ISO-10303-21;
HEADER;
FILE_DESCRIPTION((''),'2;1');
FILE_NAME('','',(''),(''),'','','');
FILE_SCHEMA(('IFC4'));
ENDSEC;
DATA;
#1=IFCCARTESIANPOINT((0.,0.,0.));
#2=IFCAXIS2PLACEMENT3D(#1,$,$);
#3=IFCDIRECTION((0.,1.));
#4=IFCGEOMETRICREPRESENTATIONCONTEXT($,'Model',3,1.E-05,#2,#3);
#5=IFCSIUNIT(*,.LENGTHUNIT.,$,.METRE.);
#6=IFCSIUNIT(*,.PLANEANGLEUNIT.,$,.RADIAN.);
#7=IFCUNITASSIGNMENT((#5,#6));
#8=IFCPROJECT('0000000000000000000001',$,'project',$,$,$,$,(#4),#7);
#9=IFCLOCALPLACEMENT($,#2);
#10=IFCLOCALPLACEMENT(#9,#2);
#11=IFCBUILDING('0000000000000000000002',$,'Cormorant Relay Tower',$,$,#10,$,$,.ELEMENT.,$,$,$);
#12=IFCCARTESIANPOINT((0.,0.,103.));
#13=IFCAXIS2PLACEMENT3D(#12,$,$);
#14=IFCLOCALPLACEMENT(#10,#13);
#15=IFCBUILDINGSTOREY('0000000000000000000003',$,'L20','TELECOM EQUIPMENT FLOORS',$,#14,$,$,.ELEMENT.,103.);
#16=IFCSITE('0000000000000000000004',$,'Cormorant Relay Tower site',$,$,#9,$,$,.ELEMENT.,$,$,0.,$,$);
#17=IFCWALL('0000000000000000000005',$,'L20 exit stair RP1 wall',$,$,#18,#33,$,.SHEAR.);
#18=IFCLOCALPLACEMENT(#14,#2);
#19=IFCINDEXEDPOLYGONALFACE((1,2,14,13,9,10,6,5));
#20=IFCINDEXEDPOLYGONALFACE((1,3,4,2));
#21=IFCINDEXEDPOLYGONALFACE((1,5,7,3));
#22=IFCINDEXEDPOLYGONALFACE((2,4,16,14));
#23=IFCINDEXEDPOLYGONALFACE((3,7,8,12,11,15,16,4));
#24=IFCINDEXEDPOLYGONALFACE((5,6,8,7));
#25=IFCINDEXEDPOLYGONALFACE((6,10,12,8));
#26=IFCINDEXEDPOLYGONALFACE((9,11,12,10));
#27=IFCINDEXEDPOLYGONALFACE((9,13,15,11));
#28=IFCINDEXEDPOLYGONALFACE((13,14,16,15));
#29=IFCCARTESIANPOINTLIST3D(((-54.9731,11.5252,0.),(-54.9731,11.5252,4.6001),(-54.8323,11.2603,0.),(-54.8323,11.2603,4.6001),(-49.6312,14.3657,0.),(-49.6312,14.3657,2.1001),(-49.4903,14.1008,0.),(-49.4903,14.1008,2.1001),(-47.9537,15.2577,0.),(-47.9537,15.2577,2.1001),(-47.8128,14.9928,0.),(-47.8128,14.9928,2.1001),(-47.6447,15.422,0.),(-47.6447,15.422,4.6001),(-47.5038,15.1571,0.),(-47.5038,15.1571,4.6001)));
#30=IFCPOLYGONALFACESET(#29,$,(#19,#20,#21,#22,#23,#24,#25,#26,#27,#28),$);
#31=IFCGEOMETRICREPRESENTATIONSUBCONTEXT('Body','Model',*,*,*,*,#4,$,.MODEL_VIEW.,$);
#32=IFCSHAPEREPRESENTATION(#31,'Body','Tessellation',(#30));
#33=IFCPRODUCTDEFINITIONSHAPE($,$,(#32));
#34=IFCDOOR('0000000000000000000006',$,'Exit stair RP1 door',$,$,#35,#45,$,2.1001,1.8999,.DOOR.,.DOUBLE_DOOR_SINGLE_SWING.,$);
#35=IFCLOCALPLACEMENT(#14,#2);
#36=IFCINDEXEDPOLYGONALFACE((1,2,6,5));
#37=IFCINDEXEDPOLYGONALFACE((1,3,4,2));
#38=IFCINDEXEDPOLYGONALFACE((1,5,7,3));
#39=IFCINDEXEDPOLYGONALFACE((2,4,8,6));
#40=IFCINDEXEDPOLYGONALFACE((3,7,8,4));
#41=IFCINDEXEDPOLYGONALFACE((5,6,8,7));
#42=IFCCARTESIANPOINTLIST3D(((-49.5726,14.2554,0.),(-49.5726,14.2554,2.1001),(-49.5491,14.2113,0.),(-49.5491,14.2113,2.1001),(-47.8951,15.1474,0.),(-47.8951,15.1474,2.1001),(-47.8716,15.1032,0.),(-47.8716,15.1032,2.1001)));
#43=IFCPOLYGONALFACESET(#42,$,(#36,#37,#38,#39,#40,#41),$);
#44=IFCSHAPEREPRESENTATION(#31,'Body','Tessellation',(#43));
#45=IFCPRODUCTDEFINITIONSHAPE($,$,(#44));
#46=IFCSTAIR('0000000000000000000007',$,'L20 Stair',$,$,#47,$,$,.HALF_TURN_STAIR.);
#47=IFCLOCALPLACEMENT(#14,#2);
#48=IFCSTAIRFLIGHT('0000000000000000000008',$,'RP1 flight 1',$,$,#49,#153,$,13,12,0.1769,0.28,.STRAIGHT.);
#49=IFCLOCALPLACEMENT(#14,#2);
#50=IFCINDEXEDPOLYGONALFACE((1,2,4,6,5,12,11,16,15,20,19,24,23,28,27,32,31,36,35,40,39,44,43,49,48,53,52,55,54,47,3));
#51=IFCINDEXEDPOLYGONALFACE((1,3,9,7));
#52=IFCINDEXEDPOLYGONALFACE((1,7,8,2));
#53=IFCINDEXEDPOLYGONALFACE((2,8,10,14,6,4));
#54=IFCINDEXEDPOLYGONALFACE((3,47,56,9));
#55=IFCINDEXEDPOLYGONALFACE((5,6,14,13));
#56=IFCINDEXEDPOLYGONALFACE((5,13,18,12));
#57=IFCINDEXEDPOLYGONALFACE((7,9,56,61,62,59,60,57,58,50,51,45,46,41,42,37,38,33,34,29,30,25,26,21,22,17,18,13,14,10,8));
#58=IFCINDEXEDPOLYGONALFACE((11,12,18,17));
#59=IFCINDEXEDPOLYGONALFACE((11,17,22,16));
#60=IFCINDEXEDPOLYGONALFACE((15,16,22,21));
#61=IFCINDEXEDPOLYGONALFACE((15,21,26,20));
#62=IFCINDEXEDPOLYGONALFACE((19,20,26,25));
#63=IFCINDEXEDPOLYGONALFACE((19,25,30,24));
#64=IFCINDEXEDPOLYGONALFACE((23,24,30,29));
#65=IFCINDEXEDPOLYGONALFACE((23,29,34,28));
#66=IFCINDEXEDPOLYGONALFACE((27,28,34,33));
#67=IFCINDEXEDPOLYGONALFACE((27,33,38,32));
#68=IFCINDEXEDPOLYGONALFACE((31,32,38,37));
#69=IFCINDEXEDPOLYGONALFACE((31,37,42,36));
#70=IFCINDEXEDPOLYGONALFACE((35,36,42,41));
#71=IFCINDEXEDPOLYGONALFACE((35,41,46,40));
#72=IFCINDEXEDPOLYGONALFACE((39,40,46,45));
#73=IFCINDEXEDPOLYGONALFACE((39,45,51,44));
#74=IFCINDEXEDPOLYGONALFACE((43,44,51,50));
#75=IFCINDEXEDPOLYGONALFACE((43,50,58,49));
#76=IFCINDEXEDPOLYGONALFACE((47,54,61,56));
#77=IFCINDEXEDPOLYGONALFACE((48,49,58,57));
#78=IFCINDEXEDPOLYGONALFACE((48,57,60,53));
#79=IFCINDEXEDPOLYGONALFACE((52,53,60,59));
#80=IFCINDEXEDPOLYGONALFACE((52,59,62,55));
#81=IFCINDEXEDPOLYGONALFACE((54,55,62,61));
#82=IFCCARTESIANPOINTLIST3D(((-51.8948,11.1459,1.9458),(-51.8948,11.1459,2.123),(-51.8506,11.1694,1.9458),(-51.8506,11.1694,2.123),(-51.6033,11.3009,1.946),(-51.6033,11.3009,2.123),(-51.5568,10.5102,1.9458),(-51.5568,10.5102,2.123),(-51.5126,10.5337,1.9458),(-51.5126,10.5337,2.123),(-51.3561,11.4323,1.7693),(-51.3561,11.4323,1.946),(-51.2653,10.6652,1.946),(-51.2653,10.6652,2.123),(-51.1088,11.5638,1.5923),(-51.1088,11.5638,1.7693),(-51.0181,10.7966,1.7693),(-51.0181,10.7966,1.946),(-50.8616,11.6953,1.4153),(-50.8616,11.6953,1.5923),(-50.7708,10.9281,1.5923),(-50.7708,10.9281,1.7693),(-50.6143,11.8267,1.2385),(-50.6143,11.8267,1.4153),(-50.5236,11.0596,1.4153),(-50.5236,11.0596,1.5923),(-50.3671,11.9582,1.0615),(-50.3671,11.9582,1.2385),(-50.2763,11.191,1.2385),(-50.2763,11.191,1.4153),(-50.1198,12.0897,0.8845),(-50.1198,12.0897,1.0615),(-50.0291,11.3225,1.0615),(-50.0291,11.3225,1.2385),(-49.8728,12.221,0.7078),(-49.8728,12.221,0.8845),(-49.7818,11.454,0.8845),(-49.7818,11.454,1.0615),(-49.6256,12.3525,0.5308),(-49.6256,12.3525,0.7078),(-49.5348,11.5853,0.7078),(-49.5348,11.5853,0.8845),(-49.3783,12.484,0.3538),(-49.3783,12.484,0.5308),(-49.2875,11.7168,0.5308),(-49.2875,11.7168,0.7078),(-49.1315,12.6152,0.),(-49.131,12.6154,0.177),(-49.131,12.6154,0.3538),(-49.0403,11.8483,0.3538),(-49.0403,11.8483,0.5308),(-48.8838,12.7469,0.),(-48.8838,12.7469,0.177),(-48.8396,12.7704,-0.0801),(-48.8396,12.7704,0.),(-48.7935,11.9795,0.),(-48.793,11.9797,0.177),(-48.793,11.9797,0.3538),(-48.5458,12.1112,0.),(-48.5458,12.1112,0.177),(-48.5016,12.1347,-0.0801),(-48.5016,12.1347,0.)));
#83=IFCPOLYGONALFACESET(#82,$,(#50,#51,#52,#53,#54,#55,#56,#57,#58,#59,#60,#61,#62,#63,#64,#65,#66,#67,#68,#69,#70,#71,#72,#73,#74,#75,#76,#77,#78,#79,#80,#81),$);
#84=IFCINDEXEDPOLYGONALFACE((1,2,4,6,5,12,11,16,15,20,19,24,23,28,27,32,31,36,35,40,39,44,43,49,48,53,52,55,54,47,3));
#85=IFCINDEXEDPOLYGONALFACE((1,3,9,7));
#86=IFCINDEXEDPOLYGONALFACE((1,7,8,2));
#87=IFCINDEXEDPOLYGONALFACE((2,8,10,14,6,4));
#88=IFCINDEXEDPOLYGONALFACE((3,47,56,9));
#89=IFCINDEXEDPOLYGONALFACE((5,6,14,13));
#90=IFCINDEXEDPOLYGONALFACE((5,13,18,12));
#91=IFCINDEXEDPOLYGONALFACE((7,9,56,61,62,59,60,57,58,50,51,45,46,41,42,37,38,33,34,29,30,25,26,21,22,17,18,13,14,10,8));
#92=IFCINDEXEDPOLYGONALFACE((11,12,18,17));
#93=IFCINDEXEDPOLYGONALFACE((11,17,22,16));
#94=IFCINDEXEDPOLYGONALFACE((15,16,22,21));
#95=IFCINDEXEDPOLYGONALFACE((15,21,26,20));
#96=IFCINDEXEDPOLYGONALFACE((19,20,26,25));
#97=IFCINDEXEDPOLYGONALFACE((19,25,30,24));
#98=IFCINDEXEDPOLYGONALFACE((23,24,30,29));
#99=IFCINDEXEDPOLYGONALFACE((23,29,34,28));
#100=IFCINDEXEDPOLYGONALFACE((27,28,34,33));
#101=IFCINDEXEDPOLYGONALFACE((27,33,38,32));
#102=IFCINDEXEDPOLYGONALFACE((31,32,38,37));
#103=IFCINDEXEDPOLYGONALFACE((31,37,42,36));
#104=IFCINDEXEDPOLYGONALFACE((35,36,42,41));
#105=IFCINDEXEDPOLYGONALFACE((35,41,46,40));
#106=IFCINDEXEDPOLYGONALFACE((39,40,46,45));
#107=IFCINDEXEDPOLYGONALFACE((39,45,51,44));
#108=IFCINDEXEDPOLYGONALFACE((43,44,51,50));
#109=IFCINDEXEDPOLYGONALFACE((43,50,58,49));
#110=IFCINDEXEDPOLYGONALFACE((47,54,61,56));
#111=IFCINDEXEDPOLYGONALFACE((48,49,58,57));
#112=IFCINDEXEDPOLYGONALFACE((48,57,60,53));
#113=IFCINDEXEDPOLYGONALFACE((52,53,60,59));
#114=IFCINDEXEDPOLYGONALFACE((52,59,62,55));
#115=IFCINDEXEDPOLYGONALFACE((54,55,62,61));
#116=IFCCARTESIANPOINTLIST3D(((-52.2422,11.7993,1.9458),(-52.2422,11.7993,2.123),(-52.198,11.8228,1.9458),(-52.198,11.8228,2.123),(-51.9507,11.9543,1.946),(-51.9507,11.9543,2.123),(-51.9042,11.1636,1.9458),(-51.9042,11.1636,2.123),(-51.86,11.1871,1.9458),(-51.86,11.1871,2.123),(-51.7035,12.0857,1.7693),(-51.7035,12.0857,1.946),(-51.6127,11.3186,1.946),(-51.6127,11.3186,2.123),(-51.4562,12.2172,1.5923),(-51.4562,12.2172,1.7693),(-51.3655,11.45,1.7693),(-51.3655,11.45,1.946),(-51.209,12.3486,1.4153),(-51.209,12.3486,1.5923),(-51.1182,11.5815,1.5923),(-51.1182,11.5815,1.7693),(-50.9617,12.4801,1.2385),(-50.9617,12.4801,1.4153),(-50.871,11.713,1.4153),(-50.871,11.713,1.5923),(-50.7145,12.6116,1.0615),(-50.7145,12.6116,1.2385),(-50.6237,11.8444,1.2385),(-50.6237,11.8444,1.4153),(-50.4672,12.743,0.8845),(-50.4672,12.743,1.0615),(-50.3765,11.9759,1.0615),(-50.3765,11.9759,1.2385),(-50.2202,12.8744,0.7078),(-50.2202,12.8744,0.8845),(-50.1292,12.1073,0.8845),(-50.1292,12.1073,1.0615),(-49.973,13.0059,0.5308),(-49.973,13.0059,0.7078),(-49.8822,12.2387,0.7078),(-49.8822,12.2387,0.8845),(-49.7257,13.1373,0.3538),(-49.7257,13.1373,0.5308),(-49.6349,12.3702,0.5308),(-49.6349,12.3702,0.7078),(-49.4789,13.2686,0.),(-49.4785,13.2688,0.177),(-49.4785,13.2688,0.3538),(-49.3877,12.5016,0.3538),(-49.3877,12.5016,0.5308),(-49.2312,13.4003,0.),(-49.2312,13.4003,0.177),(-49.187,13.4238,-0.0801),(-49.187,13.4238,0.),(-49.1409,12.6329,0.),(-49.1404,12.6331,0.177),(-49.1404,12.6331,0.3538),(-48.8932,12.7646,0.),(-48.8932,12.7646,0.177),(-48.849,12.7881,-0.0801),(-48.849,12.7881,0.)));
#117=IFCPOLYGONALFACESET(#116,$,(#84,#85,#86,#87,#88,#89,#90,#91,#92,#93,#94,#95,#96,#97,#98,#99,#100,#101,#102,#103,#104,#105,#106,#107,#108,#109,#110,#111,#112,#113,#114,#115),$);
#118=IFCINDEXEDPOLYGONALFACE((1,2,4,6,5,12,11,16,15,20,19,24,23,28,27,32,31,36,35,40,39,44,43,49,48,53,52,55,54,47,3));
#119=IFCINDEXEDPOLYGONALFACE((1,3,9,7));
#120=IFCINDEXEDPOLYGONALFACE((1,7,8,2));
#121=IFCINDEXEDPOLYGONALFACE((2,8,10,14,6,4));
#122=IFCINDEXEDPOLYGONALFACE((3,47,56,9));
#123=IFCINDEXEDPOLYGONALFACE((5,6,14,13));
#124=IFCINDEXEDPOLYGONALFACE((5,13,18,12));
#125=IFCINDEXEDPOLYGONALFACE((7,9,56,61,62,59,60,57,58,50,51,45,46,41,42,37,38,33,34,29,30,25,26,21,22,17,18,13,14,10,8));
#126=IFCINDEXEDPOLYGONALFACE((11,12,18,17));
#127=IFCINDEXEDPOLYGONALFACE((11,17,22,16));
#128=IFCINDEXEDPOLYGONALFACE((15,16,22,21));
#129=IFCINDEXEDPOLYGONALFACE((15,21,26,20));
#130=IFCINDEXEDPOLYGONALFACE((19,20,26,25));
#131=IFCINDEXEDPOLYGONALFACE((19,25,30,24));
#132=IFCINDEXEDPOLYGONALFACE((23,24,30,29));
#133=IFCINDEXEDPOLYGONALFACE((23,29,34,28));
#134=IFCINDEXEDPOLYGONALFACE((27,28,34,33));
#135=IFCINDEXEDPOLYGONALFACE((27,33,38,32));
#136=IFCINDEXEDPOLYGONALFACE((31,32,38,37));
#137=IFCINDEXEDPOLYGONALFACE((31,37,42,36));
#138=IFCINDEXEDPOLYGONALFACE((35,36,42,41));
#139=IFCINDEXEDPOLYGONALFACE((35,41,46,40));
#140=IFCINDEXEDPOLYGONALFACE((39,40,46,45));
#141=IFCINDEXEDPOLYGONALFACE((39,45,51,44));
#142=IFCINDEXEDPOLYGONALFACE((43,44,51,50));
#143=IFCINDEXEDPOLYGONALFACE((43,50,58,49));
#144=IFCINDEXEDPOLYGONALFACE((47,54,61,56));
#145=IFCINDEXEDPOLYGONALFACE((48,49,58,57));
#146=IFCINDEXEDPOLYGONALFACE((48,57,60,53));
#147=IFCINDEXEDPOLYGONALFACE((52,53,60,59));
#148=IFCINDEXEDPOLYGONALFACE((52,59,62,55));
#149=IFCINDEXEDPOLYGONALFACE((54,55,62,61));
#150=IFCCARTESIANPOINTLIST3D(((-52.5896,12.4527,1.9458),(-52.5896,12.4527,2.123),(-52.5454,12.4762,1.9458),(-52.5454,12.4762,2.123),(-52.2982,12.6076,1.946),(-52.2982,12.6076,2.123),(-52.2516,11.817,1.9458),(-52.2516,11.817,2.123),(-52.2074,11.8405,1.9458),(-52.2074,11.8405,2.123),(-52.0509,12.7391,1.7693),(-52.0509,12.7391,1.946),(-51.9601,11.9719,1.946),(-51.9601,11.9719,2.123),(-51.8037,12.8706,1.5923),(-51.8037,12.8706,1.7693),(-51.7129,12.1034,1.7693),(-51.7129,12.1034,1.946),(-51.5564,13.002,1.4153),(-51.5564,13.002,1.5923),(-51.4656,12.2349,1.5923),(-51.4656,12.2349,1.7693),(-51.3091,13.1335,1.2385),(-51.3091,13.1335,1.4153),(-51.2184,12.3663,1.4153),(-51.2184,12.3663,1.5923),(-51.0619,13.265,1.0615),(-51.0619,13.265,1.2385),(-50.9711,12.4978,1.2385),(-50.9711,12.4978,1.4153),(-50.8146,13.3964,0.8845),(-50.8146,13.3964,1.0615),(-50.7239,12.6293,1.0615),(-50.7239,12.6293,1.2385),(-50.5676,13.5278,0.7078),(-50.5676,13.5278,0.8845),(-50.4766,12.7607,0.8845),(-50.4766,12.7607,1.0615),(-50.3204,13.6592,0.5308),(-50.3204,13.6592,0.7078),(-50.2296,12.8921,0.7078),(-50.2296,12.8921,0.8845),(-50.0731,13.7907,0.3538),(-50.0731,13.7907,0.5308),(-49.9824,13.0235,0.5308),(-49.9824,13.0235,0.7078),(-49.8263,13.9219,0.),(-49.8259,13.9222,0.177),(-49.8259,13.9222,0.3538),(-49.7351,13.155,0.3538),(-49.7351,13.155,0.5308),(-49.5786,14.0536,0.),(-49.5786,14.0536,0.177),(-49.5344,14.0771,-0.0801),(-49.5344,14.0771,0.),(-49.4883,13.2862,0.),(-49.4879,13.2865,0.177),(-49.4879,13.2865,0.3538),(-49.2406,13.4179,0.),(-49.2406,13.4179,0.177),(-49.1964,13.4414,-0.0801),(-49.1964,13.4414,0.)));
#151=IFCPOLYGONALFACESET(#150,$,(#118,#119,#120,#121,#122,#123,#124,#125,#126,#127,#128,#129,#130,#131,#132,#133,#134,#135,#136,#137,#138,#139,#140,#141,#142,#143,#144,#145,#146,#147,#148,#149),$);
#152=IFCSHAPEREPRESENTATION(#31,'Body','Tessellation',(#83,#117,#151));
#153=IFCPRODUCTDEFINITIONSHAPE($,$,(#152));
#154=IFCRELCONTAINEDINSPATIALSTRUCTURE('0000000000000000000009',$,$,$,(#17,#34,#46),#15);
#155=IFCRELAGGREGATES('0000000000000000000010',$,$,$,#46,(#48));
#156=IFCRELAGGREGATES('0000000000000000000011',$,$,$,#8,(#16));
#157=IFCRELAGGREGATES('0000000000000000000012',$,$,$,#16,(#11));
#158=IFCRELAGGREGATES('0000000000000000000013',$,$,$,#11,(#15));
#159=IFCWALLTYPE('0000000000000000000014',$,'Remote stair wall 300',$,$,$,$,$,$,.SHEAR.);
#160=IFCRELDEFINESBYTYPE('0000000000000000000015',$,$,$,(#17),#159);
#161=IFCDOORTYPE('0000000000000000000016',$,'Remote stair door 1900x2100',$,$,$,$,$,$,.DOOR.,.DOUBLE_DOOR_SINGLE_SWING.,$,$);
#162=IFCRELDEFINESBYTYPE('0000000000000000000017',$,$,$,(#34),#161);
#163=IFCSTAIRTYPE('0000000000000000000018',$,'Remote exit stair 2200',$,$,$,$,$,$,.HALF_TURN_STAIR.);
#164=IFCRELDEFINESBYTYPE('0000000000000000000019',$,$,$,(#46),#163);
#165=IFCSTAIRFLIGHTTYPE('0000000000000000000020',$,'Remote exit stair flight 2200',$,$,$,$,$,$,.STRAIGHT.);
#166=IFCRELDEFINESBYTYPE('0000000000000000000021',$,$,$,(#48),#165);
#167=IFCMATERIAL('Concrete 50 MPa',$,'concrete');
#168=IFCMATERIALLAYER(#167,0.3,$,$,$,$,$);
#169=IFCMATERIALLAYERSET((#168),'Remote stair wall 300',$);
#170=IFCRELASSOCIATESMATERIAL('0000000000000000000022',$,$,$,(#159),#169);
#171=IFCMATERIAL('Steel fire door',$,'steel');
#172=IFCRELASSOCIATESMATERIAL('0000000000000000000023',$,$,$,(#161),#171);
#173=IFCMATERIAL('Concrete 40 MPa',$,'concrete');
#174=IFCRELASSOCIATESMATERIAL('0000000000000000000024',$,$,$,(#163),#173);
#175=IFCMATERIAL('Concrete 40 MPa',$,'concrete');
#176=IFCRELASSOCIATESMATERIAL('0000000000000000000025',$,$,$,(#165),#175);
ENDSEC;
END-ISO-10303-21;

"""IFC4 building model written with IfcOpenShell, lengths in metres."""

from ifc_helpers import new_model, si_unit, direction, frame, frame_2d, origin, place, context, subcontext, project, spatial, polyline, rectangle, outline, extrude, material, layer, layer_set, type_object, element, fill, aggregate, save


model = new_model("IFC4")

# Units and contexts
model_context = context("Model", 3, precision=1e-05, world=origin(), true_north=direction((0.0, 1.0)))
body_context = subcontext(model_context, "Body", "Model", "MODEL_VIEW")
ifc_project = project(units=[si_unit("LENGTHUNIT", "METRE"), si_unit("PLANEANGLEUNIT", "RADIAN")], contexts=[model_context])

# Site, building, storey
site_placement = place(None, origin())
site = spatial("IfcSite", under=ifc_project, at=site_placement, Name="Cormorant Relay Tower site", CompositionType="ELEMENT", RefElevation=0.0)
building_placement = place(site_placement, origin())
building = spatial("IfcBuilding", under=site, at=building_placement, Name="Cormorant Relay Tower", CompositionType="ELEMENT")
storey_placement = place(building_placement, frame((0.0, 0.0, 103.0)))
storey = spatial("IfcBuildingStorey", under=building, at=storey_placement, Name="L20", Description="TELECOM EQUIPMENT FLOORS", CompositionType="ELEMENT", Elevation=103.0)

# Shared definitions
ifc_material_1 = material(Name="Concrete 50 MPa", Category="concrete")
ifc_layer_1 = layer(ifc_material_1, 0.3)
ifc_layer_set_1 = layer_set([ifc_layer_1], Name="Remote stair wall 300")
wall_type_1 = type_object("IfcWallType", Name="Remote stair wall 300", PredefinedType="SHEAR", material=ifc_layer_set_1)

# Wall, opening, door
wall_1_placement = place(storey_placement, frame((-54.9026, 11.3928, 0.0), z_axis=(0.0, 0.0, 1.0), x_axis=(0.882939, 0.469487, 0.0)))
wall_1 = element("IfcWall", 1, at=wall_1_placement, inside=storey, type_object=wall_type_1, Name="L20 exit stair RP1 wall", PredefinedType="SHEAR", context=body_context, shape_type="SweptSolid", body=[
    extrude(rectangle(XDim=8.3, YDim=0.3, at=frame_2d((4.1499, 0.0))), origin(), (0.0, 0.0, 1.0), 4.6001),
])
opening_1_placement = place(wall_1_placement, frame((6.05, 0.0, 0.0)))
opening_1 = element("IfcOpeningElement", 2, at=opening_1_placement, cuts=wall_1, PredefinedType="OPENING", context=body_context, shape_type="SweptSolid", body=[
    extrude(rectangle(XDim=1.8999, YDim=2.1001, at=frame_2d((0.95, 1.05))), frame((0.0, 0.1599, 0.0), z_axis=(0.0, -1.0, 0.0), x_axis=(1.0, 0.0, 0.0)), (0.0, 0.0, 1.0), 0.3201),
])
ifc_material_2 = material(Name="Steel fire door", Category="steel")
door_type_1 = type_object("IfcDoorType", Name="Remote stair door 1900x2100", OperationType="DOUBLE_DOOR_SINGLE_SWING", PredefinedType="DOOR", material=ifc_material_2)
door_1_placement = place(opening_1_placement, frame((1.8999, 0.0, 0.0), z_axis=(0.0, 0.0, 1.0), x_axis=(-1.0, 0.0, 0.0)))
door_1 = element("IfcDoor", 3, at=door_1_placement, inside=storey, type_object=door_type_1, Name="Exit stair RP1 door", OperationType="DOUBLE_DOOR_SINGLE_SWING", OverallHeight=2.1001, OverallWidth=1.8999, PredefinedType="DOOR", context=body_context, shape_type="SweptSolid", body=[
    extrude(rectangle(XDim=1.8999, YDim=2.1001, at=frame_2d((0.95, 1.05))), frame((0.0, 0.0249, 0.0), z_axis=(0.0, -1.0, 0.0), x_axis=(1.0, 0.0, 0.0)), (0.0, 0.0, 1.0), 0.05),
])
fill(opening_1, door_1)

# Stair, stair flight
ifc_material_3 = material(Name="Concrete 40 MPa", Category="concrete")
stair_type = type_object("IfcStairType", Name="Remote exit stair 2200", PredefinedType="HALF_TURN_STAIR", material=ifc_material_3)
stair_placement = place(storey_placement, origin())
stair = element("IfcStair", 4, at=stair_placement, inside=storey, type_object=stair_type, Name="L20 Stair", PredefinedType="HALF_TURN_STAIR")
ifc_material_4 = material(Name="Concrete 40 MPa", Category="concrete")
stair_flight_type = type_object("IfcStairFlightType", Name="Remote exit stair flight 2200", PredefinedType="STRAIGHT", material=ifc_material_4)
stair_flight_1_placement = place(storey_placement, frame((-49.0623, 13.0825, 0.0), z_axis=(0.0, 0.0, 1.0), x_axis=(-0.882948, -0.469472, 0.0)))
stair_flight_1 = element("IfcStairFlight", 5, at=stair_flight_1_placement, type_object=stair_flight_type, Name="RP1 flight 1", NumberOfRisers=13, NumberOfTreads=12, PredefinedType="STRAIGHT", RiserHeight=0.1769, TreadLength=0.28, context=body_context, shape_type="SweptSolid", body=[
    extrude(outline(polyline([(-0.05, -0.0801), (-0.05, 0.0), (0.0, 0.0), (0.0, 0.177), (0.28, 0.177), (0.28, 0.3538), (0.5601, 0.3538), (0.5601, 0.5308), (0.8401, 0.5308), (0.8401, 0.7078), (1.1201, 0.7078), (1.1201, 0.8845), (1.3999, 0.8845), (1.3999, 1.0615), (1.6799, 1.0615), (1.6799, 1.2385), (1.96, 1.2385), (1.96, 1.4153), (2.24, 1.4153), (2.24, 1.5923), (2.52, 1.5923), (2.52, 1.7693), (2.8, 1.7693), (2.8, 1.946), (3.0801, 1.946), (3.0801, 2.123), (3.3601, 2.123), (3.4102, 2.123), (3.4102, 1.9458), (3.3601, 1.9458), (0.2805, 0.0), (-0.05, -0.0801)])), frame((0.0, 1.1001, 0.0), z_axis=(0.0, -1.0, 0.0), x_axis=(1.0, 0.0, 0.0)), (0.0, 0.0, 1.0), 0.72),
    extrude(outline(polyline([(-0.05, -0.0801), (-0.05, 0.0), (0.0, 0.0), (0.0, 0.177), (0.28, 0.177), (0.28, 0.3538), (0.5601, 0.3538), (0.5601, 0.5308), (0.8401, 0.5308), (0.8401, 0.7078), (1.1201, 0.7078), (1.1201, 0.8845), (1.3999, 0.8845), (1.3999, 1.0615), (1.6799, 1.0615), (1.6799, 1.2385), (1.96, 1.2385), (1.96, 1.4153), (2.24, 1.4153), (2.24, 1.5923), (2.52, 1.5923), (2.52, 1.7693), (2.8, 1.7693), (2.8, 1.946), (3.0801, 1.946), (3.0801, 2.123), (3.3601, 2.123), (3.4102, 2.123), (3.4102, 1.9458), (3.3601, 1.9458), (0.2805, 0.0), (-0.05, -0.0801)])), frame((0.0, 0.3601, 0.0), z_axis=(0.0, -1.0, 0.0), x_axis=(1.0, 0.0, 0.0)), (0.0, 0.0, 1.0), 0.72),
    extrude(outline(polyline([(-0.05, -0.0801), (-0.05, 0.0), (0.0, 0.0), (0.0, 0.177), (0.28, 0.177), (0.28, 0.3538), (0.5601, 0.3538), (0.5601, 0.5308), (0.8401, 0.5308), (0.8401, 0.7078), (1.1201, 0.7078), (1.1201, 0.8845), (1.3999, 0.8845), (1.3999, 1.0615), (1.6799, 1.0615), (1.6799, 1.2385), (1.96, 1.2385), (1.96, 1.4153), (2.24, 1.4153), (2.24, 1.5923), (2.52, 1.5923), (2.52, 1.7693), (2.8, 1.7693), (2.8, 1.946), (3.0801, 1.946), (3.0801, 2.123), (3.3601, 2.123), (3.4102, 2.123), (3.4102, 1.9458), (3.3601, 1.9458), (0.2805, 0.0), (-0.05, -0.0801)])), frame((0.0, -0.3799, 0.0), z_axis=(0.0, -1.0, 0.0), x_axis=(1.0, 0.0, 0.0)), (0.0, 0.0, 1.0), 0.72),
])
aggregate(stair, [stair_flight_1])

save(model, "model.ifc")
